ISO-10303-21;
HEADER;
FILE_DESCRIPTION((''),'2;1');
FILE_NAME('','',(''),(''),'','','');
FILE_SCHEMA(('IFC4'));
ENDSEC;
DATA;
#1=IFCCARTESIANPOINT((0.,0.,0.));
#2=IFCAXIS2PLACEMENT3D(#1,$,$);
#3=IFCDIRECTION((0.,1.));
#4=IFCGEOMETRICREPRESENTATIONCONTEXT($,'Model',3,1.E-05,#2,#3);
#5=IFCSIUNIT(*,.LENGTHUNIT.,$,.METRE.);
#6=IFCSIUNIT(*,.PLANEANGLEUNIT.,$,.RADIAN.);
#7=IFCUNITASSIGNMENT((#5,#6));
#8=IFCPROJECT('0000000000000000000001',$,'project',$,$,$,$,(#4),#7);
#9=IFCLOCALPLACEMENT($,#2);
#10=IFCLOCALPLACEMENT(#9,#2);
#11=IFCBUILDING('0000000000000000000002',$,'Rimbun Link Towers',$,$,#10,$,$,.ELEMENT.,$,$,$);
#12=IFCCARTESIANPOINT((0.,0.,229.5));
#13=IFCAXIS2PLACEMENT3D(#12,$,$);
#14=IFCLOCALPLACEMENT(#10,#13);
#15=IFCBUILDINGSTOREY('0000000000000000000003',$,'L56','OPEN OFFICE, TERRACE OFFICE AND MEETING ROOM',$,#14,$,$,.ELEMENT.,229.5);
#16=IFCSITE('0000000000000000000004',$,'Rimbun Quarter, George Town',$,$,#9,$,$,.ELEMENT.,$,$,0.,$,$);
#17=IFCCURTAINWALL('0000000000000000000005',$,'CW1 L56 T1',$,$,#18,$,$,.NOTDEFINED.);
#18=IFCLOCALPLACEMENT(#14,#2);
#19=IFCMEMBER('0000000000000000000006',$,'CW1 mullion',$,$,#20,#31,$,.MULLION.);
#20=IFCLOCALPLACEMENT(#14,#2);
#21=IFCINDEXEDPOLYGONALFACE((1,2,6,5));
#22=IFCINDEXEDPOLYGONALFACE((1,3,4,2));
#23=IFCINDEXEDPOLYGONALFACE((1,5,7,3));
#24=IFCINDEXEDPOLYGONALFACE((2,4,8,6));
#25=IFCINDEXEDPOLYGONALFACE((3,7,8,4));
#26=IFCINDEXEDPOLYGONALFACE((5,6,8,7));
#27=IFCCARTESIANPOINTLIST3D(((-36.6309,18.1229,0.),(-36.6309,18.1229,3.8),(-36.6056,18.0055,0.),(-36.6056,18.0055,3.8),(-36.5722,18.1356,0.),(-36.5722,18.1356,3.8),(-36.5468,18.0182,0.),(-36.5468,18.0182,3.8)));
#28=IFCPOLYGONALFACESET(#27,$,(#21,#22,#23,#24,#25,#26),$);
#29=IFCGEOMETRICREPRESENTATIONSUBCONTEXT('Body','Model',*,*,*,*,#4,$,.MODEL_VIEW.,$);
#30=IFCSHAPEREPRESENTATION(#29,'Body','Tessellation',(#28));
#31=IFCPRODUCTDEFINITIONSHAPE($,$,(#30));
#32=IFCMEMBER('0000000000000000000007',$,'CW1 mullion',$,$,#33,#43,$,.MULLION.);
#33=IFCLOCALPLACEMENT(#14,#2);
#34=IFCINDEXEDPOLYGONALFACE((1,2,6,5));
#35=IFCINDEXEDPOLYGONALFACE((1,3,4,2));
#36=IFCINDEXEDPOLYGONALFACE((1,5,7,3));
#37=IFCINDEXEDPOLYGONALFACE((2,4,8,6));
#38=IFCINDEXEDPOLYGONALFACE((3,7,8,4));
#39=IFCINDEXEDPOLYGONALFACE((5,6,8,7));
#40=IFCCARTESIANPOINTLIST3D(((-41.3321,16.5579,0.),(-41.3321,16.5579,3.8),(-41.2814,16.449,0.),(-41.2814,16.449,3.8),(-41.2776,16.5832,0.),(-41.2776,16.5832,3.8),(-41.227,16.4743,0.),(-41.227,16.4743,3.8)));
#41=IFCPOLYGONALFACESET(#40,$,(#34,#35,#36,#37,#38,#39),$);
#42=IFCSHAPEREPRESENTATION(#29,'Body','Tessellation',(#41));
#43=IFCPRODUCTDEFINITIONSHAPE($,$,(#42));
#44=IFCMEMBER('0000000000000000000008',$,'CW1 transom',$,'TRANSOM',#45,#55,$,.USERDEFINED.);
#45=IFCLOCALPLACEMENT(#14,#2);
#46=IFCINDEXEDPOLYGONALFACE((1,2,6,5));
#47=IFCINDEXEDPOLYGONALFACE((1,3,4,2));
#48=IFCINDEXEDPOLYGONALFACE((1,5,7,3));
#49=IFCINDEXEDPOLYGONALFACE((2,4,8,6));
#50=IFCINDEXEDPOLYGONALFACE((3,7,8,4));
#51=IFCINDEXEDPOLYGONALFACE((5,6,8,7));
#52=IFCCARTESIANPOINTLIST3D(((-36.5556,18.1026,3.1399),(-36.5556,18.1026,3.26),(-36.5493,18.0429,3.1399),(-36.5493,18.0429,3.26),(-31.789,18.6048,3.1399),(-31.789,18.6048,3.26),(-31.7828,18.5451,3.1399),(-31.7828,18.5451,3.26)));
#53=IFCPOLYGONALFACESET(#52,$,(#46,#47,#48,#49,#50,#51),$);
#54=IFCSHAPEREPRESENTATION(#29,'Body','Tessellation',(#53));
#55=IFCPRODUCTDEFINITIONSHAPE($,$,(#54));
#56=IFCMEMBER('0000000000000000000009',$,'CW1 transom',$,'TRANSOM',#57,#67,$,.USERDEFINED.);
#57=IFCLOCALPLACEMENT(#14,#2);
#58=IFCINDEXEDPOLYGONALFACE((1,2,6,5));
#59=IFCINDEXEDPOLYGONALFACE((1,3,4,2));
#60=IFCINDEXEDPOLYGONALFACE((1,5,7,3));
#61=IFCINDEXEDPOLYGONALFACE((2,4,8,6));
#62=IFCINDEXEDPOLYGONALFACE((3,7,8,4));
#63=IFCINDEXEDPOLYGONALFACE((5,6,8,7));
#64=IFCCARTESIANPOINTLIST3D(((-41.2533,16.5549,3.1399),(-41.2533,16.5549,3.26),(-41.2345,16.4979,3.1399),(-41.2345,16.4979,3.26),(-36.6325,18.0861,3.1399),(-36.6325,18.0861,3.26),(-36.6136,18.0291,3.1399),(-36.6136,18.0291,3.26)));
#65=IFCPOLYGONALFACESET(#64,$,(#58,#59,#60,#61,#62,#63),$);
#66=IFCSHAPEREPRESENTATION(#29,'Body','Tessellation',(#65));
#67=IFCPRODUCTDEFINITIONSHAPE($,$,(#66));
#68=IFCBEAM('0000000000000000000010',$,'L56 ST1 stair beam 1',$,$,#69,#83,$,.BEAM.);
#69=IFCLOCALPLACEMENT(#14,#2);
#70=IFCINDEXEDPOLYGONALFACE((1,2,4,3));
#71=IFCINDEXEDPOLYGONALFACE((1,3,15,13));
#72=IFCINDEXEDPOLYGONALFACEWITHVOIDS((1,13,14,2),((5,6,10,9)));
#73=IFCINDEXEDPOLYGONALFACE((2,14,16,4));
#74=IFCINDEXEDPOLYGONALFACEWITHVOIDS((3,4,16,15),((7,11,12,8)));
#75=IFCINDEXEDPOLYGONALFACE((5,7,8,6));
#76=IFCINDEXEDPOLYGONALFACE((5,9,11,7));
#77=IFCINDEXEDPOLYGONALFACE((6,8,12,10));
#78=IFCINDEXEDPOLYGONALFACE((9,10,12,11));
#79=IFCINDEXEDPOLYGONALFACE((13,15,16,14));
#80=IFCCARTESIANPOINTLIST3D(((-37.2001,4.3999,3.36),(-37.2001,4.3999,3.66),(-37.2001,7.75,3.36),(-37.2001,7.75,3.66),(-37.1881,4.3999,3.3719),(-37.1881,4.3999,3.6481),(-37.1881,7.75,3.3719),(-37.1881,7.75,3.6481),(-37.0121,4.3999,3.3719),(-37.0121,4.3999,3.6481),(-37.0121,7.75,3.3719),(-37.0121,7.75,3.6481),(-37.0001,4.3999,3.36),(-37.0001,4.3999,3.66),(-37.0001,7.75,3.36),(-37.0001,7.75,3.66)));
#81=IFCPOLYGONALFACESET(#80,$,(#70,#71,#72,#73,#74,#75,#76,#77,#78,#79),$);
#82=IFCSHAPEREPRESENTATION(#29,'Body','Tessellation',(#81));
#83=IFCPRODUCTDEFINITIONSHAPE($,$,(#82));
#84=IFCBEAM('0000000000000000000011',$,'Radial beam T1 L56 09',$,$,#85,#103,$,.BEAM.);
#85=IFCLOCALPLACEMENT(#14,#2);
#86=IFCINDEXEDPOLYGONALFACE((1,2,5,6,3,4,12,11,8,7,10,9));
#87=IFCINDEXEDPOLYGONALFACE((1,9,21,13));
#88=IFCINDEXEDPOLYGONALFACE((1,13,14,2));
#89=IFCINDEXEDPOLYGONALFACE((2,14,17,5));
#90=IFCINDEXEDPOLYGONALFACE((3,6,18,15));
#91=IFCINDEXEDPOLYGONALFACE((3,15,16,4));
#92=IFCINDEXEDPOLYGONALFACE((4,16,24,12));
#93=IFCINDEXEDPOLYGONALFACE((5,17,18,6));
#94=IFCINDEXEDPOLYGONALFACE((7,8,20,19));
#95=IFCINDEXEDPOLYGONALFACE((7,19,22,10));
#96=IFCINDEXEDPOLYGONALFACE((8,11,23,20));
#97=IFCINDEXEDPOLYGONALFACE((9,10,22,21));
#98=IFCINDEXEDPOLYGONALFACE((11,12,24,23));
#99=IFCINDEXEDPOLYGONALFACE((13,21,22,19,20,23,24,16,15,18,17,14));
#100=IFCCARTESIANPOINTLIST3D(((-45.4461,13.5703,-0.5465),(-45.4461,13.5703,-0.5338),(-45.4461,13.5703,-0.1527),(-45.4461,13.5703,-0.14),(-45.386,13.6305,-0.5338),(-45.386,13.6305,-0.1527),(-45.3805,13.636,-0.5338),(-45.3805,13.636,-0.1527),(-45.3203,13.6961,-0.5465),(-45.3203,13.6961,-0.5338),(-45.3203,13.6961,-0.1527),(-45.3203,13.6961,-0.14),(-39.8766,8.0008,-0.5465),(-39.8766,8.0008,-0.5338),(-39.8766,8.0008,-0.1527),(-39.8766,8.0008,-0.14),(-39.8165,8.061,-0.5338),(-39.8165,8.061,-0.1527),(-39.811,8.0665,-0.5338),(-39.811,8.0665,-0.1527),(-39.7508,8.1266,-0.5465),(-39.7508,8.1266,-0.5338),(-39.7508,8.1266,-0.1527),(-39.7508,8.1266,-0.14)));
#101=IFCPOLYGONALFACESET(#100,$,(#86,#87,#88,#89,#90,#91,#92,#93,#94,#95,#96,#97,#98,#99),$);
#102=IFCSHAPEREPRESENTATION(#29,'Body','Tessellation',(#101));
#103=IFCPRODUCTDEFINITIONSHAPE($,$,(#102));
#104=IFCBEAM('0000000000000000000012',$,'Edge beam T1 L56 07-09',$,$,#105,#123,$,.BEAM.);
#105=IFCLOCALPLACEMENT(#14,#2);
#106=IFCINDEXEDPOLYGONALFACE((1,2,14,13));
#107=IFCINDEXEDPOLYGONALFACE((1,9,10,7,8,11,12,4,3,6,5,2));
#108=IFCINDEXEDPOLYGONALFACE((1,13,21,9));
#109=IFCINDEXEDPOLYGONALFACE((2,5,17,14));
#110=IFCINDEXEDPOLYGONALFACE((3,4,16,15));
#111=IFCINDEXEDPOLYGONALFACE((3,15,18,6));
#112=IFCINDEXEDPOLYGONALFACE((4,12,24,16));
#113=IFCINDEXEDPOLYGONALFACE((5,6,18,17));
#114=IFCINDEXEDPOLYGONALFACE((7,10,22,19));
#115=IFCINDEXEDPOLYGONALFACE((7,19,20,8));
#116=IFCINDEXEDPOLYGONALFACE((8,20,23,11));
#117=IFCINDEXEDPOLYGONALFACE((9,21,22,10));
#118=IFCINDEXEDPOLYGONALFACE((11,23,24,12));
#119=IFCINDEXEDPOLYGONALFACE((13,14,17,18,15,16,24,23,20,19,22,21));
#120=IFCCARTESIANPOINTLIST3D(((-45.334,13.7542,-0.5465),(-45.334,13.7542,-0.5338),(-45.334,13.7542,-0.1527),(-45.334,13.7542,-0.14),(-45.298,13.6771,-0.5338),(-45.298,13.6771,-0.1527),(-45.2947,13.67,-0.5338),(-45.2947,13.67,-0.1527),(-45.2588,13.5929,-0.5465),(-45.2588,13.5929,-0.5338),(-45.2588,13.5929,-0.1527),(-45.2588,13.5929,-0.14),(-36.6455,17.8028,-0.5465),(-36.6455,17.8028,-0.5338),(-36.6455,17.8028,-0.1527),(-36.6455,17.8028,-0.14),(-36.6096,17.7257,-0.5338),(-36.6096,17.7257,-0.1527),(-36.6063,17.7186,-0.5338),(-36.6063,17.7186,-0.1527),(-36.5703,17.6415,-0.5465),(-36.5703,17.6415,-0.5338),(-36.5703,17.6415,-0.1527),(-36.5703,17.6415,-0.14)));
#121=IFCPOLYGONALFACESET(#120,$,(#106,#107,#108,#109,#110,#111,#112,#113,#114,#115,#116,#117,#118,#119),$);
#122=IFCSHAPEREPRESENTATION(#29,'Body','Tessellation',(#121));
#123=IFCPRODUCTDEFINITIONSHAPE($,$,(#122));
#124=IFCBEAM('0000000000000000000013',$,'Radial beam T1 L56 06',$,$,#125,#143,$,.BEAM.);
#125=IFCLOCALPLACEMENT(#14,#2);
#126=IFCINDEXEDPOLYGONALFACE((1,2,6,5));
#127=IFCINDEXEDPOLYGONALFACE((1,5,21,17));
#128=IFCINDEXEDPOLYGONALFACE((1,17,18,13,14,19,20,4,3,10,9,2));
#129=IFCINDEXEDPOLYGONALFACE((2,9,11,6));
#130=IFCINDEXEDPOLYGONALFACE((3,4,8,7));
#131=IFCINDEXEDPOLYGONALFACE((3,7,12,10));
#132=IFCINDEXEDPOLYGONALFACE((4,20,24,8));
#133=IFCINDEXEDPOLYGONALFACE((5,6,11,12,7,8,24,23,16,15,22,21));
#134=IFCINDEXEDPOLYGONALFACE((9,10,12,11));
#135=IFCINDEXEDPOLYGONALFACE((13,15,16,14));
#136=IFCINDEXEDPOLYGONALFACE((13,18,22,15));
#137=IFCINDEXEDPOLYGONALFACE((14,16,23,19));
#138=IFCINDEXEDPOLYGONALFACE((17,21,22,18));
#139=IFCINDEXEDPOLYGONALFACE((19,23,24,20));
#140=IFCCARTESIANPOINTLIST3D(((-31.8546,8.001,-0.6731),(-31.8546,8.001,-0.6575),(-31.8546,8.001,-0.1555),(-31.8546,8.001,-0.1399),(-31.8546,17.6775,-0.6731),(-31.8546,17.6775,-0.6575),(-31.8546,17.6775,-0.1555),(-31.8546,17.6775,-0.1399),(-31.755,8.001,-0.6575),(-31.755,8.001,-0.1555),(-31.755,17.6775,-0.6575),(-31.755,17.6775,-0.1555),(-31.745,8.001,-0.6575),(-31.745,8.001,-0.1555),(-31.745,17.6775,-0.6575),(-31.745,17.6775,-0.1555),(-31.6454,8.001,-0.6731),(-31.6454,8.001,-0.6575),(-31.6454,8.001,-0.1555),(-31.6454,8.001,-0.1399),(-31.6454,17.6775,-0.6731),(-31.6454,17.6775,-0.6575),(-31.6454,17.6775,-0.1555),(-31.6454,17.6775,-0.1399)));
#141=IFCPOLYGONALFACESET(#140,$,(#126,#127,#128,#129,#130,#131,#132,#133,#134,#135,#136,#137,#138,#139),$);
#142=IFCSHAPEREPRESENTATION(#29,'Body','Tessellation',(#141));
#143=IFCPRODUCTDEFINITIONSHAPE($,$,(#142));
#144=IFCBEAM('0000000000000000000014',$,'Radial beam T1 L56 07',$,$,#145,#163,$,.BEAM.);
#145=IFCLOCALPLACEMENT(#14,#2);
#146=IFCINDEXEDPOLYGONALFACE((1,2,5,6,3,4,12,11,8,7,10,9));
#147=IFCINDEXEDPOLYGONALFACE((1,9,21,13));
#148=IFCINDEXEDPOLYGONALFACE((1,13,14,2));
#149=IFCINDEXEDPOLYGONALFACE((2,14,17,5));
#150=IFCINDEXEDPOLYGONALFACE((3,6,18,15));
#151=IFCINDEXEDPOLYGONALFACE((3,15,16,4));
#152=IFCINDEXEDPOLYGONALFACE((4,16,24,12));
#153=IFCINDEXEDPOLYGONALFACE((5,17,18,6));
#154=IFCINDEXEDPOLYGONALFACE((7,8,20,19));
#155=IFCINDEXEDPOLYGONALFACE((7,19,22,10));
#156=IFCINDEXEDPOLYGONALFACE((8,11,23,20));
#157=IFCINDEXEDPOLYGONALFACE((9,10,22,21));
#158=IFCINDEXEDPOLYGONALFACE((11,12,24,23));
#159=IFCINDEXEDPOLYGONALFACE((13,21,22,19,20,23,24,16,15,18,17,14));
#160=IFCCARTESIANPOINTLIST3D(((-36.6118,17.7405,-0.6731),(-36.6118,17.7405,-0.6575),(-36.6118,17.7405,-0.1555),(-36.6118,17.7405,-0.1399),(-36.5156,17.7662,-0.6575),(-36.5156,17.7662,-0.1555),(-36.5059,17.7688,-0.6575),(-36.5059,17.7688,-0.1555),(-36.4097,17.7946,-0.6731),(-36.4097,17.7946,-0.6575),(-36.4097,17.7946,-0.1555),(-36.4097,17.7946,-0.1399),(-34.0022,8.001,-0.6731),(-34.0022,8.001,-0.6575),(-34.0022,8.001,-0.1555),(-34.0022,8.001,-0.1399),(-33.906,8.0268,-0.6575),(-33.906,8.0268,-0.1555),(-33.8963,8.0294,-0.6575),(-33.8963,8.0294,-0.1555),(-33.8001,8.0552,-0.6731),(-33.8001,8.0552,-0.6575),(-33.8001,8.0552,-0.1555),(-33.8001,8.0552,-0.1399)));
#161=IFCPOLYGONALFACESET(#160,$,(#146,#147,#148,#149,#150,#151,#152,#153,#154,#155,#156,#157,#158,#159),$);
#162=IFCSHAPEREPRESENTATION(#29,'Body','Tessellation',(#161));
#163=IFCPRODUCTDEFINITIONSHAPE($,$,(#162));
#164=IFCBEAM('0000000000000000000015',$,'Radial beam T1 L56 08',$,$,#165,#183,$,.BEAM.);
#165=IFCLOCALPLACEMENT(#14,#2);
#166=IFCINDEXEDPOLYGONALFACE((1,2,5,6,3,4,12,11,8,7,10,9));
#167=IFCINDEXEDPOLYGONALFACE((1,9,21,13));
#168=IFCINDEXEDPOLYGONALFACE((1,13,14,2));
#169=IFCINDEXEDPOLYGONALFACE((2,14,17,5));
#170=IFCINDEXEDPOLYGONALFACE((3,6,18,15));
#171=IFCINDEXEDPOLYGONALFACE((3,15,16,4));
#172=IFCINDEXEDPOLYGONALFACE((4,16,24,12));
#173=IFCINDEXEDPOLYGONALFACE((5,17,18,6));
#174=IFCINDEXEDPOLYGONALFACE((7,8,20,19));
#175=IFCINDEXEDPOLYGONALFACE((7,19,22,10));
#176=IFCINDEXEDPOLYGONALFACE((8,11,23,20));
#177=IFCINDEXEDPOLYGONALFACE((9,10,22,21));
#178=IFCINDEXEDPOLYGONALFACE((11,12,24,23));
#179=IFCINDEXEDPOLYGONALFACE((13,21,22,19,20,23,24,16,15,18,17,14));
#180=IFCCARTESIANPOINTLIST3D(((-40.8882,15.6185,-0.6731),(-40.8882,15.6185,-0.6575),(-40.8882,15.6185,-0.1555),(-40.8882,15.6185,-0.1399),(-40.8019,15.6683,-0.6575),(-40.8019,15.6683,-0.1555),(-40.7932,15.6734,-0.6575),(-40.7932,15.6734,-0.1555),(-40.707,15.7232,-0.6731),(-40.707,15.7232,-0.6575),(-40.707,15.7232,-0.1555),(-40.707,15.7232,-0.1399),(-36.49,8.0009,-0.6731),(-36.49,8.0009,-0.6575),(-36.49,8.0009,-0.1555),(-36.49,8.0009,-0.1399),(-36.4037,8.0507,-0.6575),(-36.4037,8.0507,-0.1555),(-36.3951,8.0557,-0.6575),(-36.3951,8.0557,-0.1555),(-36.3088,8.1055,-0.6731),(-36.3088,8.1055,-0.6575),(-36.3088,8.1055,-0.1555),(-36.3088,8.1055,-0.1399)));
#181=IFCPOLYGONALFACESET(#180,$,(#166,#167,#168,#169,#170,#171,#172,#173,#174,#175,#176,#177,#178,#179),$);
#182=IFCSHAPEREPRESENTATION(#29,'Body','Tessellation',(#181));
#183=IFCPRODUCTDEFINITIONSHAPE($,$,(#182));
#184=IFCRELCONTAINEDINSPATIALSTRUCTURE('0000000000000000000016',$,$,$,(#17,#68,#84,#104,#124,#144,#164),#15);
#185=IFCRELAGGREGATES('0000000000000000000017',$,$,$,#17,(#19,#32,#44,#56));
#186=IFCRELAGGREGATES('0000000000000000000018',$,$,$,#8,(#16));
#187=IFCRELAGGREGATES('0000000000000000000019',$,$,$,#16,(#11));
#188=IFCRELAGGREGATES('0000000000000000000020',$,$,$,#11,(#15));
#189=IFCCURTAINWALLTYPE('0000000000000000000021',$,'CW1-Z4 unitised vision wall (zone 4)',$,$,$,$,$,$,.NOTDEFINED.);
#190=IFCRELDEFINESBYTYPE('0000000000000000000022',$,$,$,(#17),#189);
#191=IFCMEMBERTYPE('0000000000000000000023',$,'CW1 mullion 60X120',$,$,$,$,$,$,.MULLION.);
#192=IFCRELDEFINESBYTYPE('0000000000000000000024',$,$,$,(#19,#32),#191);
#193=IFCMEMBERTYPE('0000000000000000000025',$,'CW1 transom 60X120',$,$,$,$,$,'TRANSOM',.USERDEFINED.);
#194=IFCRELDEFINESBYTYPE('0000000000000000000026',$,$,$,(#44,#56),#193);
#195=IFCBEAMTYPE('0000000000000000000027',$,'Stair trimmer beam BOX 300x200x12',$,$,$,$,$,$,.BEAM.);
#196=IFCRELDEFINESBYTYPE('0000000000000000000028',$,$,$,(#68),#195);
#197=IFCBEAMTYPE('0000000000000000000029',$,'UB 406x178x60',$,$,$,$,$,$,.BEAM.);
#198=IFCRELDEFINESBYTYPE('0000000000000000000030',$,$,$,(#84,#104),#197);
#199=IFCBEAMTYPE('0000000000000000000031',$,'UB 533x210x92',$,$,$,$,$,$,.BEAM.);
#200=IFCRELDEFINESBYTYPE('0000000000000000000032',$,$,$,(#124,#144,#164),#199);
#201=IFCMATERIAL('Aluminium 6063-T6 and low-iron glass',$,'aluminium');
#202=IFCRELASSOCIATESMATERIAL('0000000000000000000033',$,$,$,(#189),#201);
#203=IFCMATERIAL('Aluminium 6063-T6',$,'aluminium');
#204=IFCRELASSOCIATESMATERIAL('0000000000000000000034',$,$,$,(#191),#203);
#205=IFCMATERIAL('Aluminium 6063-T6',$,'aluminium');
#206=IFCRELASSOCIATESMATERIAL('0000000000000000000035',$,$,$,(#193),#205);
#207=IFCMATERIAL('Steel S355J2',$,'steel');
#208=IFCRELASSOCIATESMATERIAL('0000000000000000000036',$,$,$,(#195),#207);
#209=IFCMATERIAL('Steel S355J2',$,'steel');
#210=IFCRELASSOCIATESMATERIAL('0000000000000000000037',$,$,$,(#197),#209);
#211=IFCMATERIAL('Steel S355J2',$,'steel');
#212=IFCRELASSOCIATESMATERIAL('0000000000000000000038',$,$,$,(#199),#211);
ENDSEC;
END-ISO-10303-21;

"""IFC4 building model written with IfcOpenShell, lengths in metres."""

from ifc_helpers import new_model, si_unit, direction, frame, origin, origin_2d, place, context, subcontext, project, spatial, rectangle, hollow_rectangle, i_section, extrude, material, material_profile, profile_set, type_object, element, aggregate, save


model = new_model("IFC4")

# Units and contexts
model_context = context("Model", 3, precision=1e-05, world=origin(), true_north=direction((0.0, 1.0)))
body_context = subcontext(model_context, "Body", "Model", "MODEL_VIEW")
ifc_project = project(units=[si_unit("LENGTHUNIT", "METRE"), si_unit("PLANEANGLEUNIT", "RADIAN")], contexts=[model_context])

# Site, building, storey
site_placement = place(None, origin())
site = spatial("IfcSite", under=ifc_project, at=site_placement, Name="Rimbun Quarter, George Town", CompositionType="ELEMENT", RefElevation=0.0)
building_placement = place(site_placement, origin())
building = spatial("IfcBuilding", under=site, at=building_placement, Name="Rimbun Link Towers", CompositionType="ELEMENT")
storey_placement = place(building_placement, frame((0.0, 0.0, 229.5)))
storey = spatial("IfcBuildingStorey", under=building, at=storey_placement, Name="L56", Description="OPEN OFFICE, TERRACE OFFICE AND MEETING ROOM", CompositionType="ELEMENT", Elevation=229.5)

# Curtain wall, members
ifc_material_1 = material(Name="Aluminium 6063-T6 and low-iron glass", Category="aluminium")
curtain_wall_type = type_object("IfcCurtainWallType", Name="CW1-Z4 unitised vision wall (zone 4)", PredefinedType="NOTDEFINED", material=ifc_material_1)
curtain_wall_placement = place(storey_placement, origin())
curtain_wall = element("IfcCurtainWall", 1, at=curtain_wall_placement, inside=storey, type_object=curtain_wall_type, Name="CW1 L56 T1", PredefinedType="NOTDEFINED")
ifc_material_2 = material(Name="Aluminium 6063-T6", Category="aluminium")
ifc_material_profile_1 = material_profile(ifc_material_2, rectangle(XDim=0.1201, YDim=0.0601, at=origin_2d()), Name="MULLION 60X120")
ifc_profile_set_1 = profile_set([ifc_material_profile_1], Name="Aluminium 6063-T6")
member_type_1 = type_object("IfcMemberType", Name="CW1 mullion 60X120", PredefinedType="MULLION", material=ifc_profile_set_1)
member_1_placement = place(storey_placement, frame((-36.5889, 18.0706, 0.0), z_axis=(0.0, 0.0, 1.0), x_axis=(-0.21087, 0.977514, 0.0)))
member_1 = element("IfcMember", 2, at=member_1_placement, type_object=member_type_1, Name="CW1 mullion", PredefinedType="MULLION", context=body_context, shape_type="SweptSolid", body=[
    extrude(rectangle(XDim=0.1201, YDim=0.0601, at=origin_2d()), origin(), (0.0, 0.0, 1.0), 3.8),
])
member_2_placement = place(storey_placement, frame((-41.2795, 16.5161, 0.0), z_axis=(0.0, 0.0, 1.0), x_axis=(-0.421702, 0.906734, 0.0)))
member_2 = element("IfcMember", 3, at=member_2_placement, type_object=member_type_1, Name="CW1 mullion", PredefinedType="MULLION", context=body_context, shape_type="SweptSolid", body=[
    extrude(rectangle(XDim=0.1201, YDim=0.0601, at=origin_2d()), origin(), (0.0, 0.0, 1.0), 3.8),
])
ifc_material_3 = material(Name="Aluminium 6063-T6", Category="aluminium")
ifc_material_profile_2 = material_profile(ifc_material_3, rectangle(XDim=0.0601, YDim=0.1201, at=origin_2d()), Name="TRANSOM 60X120")
ifc_profile_set_2 = profile_set([ifc_material_profile_2], Name="Aluminium 6063-T6")
member_type_2 = type_object("IfcMemberType", Name="CW1 transom 60X120", ElementType="TRANSOM", PredefinedType="USERDEFINED", material=ifc_profile_set_2)
member_3_placement = place(storey_placement, frame((-36.5525, 18.0728, 3.2), z_axis=(0.994496, 0.104778, 0.0), x_axis=(-0.104778, 0.994496, 0.0)))
member_3 = element("IfcMember", 4, at=member_3_placement, type_object=member_type_2, Name="CW1 transom", ObjectType="TRANSOM", PredefinedType="USERDEFINED", context=body_context, shape_type="SweptSolid", body=[
    extrude(rectangle(XDim=0.0601, YDim=0.1201, at=origin_2d()), origin(), (0.0, 0.0, 1.0), 4.793),
])
member_4_placement = place(storey_placement, frame((-41.2439, 16.5264, 3.2), z_axis=(0.949239, 0.314557, 0.0), x_axis=(-0.314557, 0.949239, 0.0)))
member_4 = element("IfcMember", 5, at=member_4_placement, type_object=member_type_2, Name="CW1 transom", ObjectType="TRANSOM", PredefinedType="USERDEFINED", context=body_context, shape_type="SweptSolid", body=[
    extrude(rectangle(XDim=0.0601, YDim=0.1201, at=origin_2d()), origin(), (0.0, 0.0, 1.0), 4.8679),
])

# Beams
ifc_material_4 = material(Name="Steel S355J2", Category="steel")
ifc_material_profile_3 = material_profile(ifc_material_4, hollow_rectangle(XDim=0.2, YDim=0.3, WallThickness=0.012, at=origin_2d()), Name="BOX 300x200x12")
ifc_profile_set_3 = profile_set([ifc_material_profile_3], Name="Steel S355J2")
beam_type_1 = type_object("IfcBeamType", Name="Stair trimmer beam BOX 300x200x12", PredefinedType="BEAM", material=ifc_profile_set_3)
beam_1_placement = place(storey_placement, frame((-37.1001, 7.75, 3.51), z_axis=(0.0, -1.0, 0.0), x_axis=(1.0, 0.0, 0.0)))
element("IfcBeam", 6, at=beam_1_placement, inside=storey, type_object=beam_type_1, Name="L56 ST1 stair beam 1", PredefinedType="BEAM", context=body_context, shape_type="SweptSolid", body=[
    extrude(hollow_rectangle(XDim=0.2, YDim=0.3, WallThickness=0.012, at=origin_2d()), origin(), (0.0, 0.0, 1.0), 3.3501),
])
ifc_material_5 = material(Name="Steel S355J2", Category="steel")
ifc_material_profile_4 = material_profile(ifc_material_5, i_section(OverallWidth=0.178, OverallDepth=0.4065, WebThickness=0.0078, FlangeThickness=0.0127, at=origin_2d()), Name="UB 406x178x60")
ifc_profile_set_4 = profile_set([ifc_material_profile_4], Name="Steel S355J2")
beam_type_2 = type_object("IfcBeamType", Name="UB 406x178x60", PredefinedType="BEAM", material=ifc_profile_set_4)
beam_2_placement = place(storey_placement, frame((-39.8137, 8.0637, -0.3433), z_axis=(-0.707107, 0.707107, 0.0), x_axis=(-0.707107, -0.707107, 0.0)))
element("IfcBeam", 7, at=beam_2_placement, inside=storey, type_object=beam_type_2, Name="Radial beam T1 L56 09", PredefinedType="BEAM", context=body_context, shape_type="SweptSolid", body=[
    extrude(i_section(OverallWidth=0.178, OverallDepth=0.4065, WebThickness=0.0078, FlangeThickness=0.0127, at=origin_2d()), origin(), (0.0, 0.0, 1.0), 7.8765),
])
beam_3_placement = place(storey_placement, frame((-36.6079, 17.7222, -0.3433), z_axis=(-0.906424, -0.422368, 0.0), x_axis=(0.422368, -0.906424, 0.0)))
element("IfcBeam", 8, at=beam_3_placement, inside=storey, type_object=beam_type_2, Name="Edge beam T1 L56 07-09", PredefinedType="BEAM", context=body_context, shape_type="SweptSolid", body=[
    extrude(i_section(OverallWidth=0.178, OverallDepth=0.4065, WebThickness=0.0078, FlangeThickness=0.0127, at=origin_2d()), origin(), (0.0, 0.0, 1.0), 9.5854),
])
ifc_material_6 = material(Name="Steel S355J2", Category="steel")
ifc_material_profile_5 = material_profile(ifc_material_6, i_section(OverallWidth=0.2092, OverallDepth=0.5332, WebThickness=0.01, FlangeThickness=0.0156, at=origin_2d()), Name="UB 533x210x92")
ifc_profile_set_5 = profile_set([ifc_material_profile_5], Name="Steel S355J2")
beam_type_3 = type_object("IfcBeamType", Name="UB 533x210x92", PredefinedType="BEAM", material=ifc_profile_set_5)
beam_4_placement = place(storey_placement, frame((-31.75, 8.001, -0.4065), z_axis=(0.0, 1.0, 0.0), x_axis=(-1.0, 0.0, 0.0)))
element("IfcBeam", 9, at=beam_4_placement, inside=storey, type_object=beam_type_3, Name="Radial beam T1 L56 06", PredefinedType="BEAM", context=body_context, shape_type="SweptSolid", body=[
    extrude(i_section(OverallWidth=0.2092, OverallDepth=0.5332, WebThickness=0.01, FlangeThickness=0.0156, at=origin_2d()), origin(), (0.0, 0.0, 1.0), 9.6765),
])
beam_5_placement = place(storey_placement, frame((-33.9011, 8.0281, -0.4065), z_axis=(-0.258812, 0.965928, 0.0), x_axis=(-0.965928, -0.258812, 0.0)))
element("IfcBeam", 10, at=beam_5_placement, inside=storey, type_object=beam_type_3, Name="Radial beam T1 L56 07", PredefinedType="BEAM", context=body_context, shape_type="SweptSolid", body=[
    extrude(i_section(OverallWidth=0.2092, OverallDepth=0.5332, WebThickness=0.01, FlangeThickness=0.0156, at=origin_2d()), origin(), (0.0, 0.0, 1.0), 10.083),
])
beam_6_placement = place(storey_placement, frame((-36.3994, 8.0532, -0.4065), z_axis=(-0.500011, 0.866019, 0.0), x_axis=(-0.866019, -0.500011, 0.0)))
element("IfcBeam", 11, at=beam_6_placement, inside=storey, type_object=beam_type_3, Name="Radial beam T1 L56 08", PredefinedType="BEAM", context=body_context, shape_type="SweptSolid", body=[
    extrude(i_section(OverallWidth=0.2092, OverallDepth=0.5332, WebThickness=0.01, FlangeThickness=0.0156, at=origin_2d()), origin(), (0.0, 0.0, 1.0), 8.7961),
])

aggregate(curtain_wall, [member_1, member_2, member_3, member_4])

save(model, "model.ifc")
